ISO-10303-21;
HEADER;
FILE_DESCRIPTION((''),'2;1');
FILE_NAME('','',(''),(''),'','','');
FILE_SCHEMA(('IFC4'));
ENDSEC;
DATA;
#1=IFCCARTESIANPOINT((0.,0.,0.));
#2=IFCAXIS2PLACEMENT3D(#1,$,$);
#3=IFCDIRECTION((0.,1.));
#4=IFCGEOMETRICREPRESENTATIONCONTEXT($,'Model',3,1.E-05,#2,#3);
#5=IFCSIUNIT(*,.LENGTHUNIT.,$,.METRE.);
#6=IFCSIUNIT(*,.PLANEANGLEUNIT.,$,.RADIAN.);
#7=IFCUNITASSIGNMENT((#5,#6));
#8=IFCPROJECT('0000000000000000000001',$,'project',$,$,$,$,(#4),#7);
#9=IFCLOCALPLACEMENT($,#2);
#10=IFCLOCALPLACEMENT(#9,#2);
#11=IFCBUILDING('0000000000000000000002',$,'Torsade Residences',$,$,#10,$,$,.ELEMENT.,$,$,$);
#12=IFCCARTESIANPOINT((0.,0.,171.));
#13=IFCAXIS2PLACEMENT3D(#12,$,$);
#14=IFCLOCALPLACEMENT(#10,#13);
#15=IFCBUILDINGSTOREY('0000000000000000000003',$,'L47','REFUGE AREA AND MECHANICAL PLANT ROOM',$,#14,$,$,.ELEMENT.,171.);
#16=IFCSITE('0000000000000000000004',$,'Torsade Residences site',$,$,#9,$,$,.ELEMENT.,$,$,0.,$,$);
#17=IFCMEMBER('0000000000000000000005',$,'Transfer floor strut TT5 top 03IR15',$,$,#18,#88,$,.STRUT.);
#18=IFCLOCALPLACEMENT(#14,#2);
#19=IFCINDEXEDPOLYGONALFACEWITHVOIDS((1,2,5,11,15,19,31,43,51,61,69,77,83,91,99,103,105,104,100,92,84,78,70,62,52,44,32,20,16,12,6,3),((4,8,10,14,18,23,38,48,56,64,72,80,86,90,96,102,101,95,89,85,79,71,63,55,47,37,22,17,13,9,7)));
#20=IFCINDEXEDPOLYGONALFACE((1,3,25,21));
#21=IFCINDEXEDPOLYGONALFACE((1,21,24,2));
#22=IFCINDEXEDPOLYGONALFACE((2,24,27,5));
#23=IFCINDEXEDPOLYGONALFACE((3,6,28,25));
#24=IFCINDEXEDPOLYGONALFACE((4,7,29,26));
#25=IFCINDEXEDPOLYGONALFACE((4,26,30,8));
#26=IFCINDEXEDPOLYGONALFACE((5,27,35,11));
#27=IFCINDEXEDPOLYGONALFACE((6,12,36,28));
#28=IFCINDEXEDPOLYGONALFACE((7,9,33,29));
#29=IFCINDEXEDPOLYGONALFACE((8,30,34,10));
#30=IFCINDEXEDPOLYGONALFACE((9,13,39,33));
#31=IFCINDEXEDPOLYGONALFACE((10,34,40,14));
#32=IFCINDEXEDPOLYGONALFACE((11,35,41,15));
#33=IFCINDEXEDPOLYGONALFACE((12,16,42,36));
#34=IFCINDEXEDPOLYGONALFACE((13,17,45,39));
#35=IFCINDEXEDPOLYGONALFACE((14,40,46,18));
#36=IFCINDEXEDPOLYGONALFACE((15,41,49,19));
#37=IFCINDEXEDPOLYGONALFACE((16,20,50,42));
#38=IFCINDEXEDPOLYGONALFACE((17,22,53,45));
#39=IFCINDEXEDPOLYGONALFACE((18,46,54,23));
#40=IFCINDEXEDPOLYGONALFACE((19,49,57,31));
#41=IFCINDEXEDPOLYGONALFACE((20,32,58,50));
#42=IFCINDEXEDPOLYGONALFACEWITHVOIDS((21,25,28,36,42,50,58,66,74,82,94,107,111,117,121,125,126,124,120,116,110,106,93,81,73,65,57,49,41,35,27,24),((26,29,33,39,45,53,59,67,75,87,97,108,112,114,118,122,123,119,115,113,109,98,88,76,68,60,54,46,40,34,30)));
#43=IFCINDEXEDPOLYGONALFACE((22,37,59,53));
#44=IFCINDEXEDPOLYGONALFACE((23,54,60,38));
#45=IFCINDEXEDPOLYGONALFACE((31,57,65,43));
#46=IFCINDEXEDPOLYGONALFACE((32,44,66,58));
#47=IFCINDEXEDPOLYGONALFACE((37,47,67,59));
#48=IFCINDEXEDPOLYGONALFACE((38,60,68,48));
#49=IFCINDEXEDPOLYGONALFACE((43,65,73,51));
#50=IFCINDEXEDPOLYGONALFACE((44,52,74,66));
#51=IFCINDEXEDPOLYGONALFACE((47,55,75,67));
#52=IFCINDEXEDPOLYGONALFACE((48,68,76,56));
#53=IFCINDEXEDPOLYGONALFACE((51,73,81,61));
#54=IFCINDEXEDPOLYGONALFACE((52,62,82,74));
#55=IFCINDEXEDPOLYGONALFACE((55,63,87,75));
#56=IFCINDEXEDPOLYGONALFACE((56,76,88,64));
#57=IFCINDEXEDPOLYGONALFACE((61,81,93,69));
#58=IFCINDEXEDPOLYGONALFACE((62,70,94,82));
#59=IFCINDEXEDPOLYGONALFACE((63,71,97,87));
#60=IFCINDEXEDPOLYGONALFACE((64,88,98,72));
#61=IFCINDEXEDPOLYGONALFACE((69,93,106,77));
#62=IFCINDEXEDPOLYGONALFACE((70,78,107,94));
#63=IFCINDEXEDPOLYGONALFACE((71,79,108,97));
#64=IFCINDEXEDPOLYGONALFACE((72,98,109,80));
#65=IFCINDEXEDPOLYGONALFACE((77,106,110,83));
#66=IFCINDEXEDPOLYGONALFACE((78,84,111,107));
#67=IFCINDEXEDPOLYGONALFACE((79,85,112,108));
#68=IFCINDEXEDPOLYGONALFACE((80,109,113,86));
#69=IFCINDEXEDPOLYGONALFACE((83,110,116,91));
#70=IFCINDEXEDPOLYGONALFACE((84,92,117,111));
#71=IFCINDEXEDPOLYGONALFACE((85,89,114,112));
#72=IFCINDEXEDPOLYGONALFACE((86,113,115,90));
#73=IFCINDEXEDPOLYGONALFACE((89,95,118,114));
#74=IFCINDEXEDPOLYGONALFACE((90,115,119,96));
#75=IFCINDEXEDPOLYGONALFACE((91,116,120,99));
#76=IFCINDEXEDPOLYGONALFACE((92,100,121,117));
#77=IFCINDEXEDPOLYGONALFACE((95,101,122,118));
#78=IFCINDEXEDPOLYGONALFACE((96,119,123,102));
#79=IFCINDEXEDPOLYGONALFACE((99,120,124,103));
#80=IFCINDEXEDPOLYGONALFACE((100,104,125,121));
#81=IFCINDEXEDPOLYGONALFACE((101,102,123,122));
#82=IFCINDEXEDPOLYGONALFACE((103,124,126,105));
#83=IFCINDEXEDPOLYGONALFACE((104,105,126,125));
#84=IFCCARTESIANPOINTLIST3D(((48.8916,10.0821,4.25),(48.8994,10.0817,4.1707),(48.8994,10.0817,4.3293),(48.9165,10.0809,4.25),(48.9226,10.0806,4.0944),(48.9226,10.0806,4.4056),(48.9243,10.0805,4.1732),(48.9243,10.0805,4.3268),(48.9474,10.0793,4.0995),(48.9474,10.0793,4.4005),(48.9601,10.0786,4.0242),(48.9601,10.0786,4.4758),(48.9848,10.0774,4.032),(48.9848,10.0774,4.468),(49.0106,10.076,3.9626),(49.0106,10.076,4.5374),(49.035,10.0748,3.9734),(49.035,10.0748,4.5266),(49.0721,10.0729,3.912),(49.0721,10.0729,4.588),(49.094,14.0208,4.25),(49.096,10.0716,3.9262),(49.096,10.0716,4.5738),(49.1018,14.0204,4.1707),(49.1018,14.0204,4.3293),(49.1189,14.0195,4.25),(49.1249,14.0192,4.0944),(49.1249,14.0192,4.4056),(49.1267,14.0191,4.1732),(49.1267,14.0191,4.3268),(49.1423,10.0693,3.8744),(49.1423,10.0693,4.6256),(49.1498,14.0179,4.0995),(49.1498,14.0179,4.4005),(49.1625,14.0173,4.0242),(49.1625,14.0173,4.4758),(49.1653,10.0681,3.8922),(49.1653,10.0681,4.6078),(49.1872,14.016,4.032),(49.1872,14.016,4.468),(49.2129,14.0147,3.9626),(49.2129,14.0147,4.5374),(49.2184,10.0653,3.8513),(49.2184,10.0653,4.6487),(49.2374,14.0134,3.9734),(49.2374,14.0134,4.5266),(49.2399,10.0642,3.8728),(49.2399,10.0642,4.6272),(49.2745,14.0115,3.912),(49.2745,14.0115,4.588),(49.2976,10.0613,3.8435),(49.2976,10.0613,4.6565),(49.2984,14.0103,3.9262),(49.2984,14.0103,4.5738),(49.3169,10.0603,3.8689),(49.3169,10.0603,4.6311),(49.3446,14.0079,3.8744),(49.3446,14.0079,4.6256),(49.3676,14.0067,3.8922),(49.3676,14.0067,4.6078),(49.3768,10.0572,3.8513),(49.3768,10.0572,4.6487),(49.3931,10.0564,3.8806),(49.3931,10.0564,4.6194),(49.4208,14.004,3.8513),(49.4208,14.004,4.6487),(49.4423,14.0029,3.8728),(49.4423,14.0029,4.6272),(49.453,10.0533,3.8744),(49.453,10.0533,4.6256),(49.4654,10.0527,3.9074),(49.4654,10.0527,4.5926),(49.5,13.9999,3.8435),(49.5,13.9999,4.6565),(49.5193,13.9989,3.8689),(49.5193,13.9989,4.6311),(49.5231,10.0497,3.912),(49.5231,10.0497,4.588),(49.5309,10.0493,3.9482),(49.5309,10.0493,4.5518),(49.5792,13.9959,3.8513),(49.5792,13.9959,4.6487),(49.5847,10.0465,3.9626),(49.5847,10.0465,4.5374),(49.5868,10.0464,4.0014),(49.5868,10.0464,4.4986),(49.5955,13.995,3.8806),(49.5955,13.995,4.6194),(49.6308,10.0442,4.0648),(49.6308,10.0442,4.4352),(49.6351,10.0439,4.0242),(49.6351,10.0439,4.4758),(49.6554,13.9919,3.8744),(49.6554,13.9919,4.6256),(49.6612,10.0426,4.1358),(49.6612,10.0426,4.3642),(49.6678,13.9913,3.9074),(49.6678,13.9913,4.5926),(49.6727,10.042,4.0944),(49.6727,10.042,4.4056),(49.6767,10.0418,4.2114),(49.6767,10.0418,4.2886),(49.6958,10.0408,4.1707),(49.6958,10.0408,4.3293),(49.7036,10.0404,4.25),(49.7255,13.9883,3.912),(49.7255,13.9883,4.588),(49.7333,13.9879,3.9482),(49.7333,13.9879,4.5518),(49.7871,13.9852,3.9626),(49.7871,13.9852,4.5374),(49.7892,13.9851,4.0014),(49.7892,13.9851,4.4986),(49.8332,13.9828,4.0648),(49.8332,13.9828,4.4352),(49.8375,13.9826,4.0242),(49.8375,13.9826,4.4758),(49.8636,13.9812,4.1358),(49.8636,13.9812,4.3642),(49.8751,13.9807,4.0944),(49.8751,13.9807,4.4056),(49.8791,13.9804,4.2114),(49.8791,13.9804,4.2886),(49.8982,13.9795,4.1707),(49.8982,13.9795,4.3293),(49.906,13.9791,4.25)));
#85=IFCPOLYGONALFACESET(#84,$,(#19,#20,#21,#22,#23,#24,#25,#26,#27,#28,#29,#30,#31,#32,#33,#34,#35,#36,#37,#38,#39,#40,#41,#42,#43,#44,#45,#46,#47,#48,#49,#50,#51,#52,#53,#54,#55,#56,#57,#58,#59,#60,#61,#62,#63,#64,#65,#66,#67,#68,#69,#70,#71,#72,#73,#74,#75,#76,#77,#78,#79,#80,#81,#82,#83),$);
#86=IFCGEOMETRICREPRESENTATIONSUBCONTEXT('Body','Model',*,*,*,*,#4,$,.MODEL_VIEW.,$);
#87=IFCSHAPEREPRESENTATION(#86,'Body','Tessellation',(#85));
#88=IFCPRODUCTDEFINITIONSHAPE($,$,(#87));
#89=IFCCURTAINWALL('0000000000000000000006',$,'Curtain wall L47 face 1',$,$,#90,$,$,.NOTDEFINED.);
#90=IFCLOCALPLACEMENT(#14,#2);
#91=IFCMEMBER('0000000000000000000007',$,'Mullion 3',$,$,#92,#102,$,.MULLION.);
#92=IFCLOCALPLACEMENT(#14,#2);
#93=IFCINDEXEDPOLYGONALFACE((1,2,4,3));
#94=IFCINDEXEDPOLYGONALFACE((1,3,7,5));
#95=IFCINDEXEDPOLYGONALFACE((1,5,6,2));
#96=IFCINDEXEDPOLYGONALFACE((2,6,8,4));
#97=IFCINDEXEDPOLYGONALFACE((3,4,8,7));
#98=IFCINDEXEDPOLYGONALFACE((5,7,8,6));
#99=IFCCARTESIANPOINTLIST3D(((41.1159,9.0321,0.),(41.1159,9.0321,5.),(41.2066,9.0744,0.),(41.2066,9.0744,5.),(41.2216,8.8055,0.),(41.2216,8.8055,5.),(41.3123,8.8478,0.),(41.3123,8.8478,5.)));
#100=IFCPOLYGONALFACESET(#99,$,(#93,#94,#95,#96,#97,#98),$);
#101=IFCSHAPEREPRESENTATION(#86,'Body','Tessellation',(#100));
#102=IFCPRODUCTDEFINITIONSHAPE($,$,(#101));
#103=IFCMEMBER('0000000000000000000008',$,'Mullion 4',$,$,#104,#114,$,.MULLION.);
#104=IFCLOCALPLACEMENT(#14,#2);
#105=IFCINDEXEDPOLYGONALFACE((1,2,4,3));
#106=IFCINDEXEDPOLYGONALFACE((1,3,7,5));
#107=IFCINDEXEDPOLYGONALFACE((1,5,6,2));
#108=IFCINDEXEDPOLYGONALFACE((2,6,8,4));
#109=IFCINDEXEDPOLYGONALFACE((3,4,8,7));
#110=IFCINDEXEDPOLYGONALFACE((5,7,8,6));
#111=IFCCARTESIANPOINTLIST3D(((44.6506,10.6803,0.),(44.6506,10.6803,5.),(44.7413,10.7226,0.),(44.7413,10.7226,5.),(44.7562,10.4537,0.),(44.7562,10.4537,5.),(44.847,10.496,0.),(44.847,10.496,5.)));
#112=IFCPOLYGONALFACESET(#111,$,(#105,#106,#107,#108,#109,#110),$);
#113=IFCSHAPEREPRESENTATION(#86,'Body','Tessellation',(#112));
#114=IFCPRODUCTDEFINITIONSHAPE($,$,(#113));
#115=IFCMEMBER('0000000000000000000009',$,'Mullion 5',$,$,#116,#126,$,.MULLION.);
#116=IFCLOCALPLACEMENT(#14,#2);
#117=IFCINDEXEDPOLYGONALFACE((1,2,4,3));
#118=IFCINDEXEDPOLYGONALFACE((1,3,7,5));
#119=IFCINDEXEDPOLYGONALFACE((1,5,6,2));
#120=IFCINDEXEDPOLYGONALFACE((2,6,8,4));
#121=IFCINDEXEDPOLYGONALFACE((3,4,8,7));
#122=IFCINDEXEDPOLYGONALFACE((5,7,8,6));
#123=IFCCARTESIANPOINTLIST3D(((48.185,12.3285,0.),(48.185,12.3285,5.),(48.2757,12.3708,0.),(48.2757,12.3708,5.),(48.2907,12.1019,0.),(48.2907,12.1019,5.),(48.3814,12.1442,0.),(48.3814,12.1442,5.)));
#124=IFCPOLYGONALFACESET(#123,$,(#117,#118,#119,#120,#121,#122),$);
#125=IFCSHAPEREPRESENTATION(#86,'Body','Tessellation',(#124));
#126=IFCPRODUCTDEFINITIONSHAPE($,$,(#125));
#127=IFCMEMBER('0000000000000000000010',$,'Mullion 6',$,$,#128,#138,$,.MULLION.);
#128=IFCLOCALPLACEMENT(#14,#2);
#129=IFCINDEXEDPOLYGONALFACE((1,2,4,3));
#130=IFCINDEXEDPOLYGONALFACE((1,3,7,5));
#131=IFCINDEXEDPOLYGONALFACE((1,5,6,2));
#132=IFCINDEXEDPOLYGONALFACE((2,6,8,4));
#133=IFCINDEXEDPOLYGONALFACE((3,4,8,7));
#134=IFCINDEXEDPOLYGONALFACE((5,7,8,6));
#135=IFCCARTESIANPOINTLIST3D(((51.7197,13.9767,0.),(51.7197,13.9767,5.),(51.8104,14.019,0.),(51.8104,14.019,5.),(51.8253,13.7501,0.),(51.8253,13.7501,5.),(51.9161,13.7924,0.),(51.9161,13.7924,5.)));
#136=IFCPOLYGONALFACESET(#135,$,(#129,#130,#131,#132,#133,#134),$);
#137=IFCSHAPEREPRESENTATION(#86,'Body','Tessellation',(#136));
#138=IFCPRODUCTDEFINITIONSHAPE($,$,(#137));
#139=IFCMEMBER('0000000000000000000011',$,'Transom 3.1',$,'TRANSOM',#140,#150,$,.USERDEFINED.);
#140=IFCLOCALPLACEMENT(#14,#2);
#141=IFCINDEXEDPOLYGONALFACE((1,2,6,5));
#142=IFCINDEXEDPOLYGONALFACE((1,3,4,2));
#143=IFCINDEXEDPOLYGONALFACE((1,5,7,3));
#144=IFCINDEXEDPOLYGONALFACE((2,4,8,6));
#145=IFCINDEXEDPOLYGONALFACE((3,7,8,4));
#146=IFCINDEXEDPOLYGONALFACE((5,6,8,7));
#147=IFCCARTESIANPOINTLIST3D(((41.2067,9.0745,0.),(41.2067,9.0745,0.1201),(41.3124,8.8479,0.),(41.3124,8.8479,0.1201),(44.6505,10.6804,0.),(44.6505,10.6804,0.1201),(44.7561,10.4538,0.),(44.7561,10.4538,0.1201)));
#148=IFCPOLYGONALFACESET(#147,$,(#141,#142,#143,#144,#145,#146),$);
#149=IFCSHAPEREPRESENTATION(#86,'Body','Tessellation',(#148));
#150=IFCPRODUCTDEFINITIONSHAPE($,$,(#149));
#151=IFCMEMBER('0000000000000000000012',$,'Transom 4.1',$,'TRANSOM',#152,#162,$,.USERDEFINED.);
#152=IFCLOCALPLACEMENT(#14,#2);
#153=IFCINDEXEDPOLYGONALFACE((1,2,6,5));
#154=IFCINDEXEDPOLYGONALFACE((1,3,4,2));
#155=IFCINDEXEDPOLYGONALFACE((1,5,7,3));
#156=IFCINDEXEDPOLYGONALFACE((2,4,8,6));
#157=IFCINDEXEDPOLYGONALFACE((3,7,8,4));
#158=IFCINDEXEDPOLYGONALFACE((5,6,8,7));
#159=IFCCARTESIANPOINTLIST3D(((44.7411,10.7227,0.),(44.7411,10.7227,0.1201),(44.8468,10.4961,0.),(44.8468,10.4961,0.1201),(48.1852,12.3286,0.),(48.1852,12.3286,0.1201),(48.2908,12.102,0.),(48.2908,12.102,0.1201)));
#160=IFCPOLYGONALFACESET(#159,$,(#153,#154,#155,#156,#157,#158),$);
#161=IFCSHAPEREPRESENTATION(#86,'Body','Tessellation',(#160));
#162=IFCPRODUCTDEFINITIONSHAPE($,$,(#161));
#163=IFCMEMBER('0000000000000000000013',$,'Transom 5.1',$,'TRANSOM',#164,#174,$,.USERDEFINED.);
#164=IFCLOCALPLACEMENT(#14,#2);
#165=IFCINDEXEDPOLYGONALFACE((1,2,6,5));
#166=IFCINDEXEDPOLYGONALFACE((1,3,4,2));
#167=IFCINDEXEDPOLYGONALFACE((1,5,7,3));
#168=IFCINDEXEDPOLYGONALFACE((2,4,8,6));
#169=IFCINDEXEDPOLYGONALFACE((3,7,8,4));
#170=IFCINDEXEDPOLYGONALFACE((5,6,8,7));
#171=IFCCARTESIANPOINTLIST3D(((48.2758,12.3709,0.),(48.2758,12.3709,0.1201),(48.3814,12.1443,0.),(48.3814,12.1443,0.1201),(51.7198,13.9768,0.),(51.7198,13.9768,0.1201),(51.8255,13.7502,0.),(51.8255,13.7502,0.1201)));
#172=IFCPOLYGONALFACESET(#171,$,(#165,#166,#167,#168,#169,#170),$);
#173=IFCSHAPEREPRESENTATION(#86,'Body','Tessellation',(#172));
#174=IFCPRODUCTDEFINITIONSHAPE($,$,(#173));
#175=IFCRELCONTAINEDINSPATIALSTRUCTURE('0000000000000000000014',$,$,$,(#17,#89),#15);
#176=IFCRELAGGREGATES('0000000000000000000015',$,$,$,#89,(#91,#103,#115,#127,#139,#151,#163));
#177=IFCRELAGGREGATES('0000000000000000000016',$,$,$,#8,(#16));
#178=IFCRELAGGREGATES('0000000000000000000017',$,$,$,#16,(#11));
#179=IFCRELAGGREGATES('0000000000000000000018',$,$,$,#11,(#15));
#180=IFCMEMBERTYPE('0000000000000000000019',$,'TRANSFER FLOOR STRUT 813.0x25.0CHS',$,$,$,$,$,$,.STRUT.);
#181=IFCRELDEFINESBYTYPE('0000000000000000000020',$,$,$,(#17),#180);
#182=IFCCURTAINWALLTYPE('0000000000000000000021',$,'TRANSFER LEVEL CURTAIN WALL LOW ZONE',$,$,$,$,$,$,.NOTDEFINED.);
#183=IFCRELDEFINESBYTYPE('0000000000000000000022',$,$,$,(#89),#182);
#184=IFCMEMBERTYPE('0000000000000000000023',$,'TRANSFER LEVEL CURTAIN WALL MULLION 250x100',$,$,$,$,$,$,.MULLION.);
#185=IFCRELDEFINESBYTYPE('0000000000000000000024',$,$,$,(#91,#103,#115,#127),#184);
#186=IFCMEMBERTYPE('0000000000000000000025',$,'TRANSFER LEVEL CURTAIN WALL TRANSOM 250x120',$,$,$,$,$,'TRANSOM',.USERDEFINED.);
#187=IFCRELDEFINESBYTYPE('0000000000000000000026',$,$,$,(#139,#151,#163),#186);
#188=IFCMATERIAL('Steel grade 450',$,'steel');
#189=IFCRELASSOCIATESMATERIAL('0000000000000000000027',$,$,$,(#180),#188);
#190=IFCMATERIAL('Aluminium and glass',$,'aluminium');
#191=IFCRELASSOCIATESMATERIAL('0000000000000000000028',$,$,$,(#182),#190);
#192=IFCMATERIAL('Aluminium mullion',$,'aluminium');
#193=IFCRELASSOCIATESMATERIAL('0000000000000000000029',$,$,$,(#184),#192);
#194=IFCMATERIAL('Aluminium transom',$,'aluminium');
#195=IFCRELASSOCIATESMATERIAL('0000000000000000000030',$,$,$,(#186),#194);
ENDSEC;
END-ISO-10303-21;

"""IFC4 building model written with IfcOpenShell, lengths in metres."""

from ifc_helpers import new_model, si_unit, direction, frame, origin, origin_2d, place, context, subcontext, project, spatial, rectangle, hollow_circle, extrude, material, material_profile, profile_set, type_object, element, aggregate, save


model = new_model("IFC4")

# Units and contexts
model_context = context("Model", 3, precision=1e-05, world=origin(), true_north=direction((0.0, 1.0)))
body_context = subcontext(model_context, "Body", "Model", "MODEL_VIEW")
ifc_project = project(units=[si_unit("LENGTHUNIT", "METRE"), si_unit("PLANEANGLEUNIT", "RADIAN")], contexts=[model_context])

# Site, building, storey
site_placement = place(None, origin())
site = spatial("IfcSite", under=ifc_project, at=site_placement, Name="Torsade Residences site", CompositionType="ELEMENT", RefElevation=0.0)
building_placement = place(site_placement, origin())
building = spatial("IfcBuilding", under=site, at=building_placement, Name="Torsade Residences", CompositionType="ELEMENT")
storey_placement = place(building_placement, frame((0.0, 0.0, 171.0)))
storey = spatial("IfcBuildingStorey", under=building, at=storey_placement, Name="L47", Description="REFUGE AREA AND MECHANICAL PLANT ROOM", CompositionType="ELEMENT", Elevation=171.0)

# Member
ifc_material_1 = material(Name="Steel grade 450", Category="steel")
ifc_material_profile_1 = material_profile(ifc_material_1, hollow_circle(Radius=0.4065, WallThickness=0.0249, at=origin_2d()), Name="813.0x25.0CHS")
ifc_profile_set_1 = profile_set([ifc_material_profile_1], Name="Steel grade 450")
member_type_1 = type_object("IfcMemberType", Name="TRANSFER FLOOR STRUT 813.0x25.0CHS", PredefinedType="STRUT", material=ifc_profile_set_1)
member_1_placement = place(storey_placement, frame((49.2976, 10.0613, 4.25), z_axis=(0.051318, 0.998682, 0.0), x_axis=(-0.998682, 0.051318, 0.0)))
element("IfcMember", 1, at=member_1_placement, inside=storey, type_object=member_type_1, Name="Transfer floor strut TT5 top 03IR15", PredefinedType="STRUT", context=body_context, shape_type="SweptSolid", body=[
    extrude(hollow_circle(Radius=0.4065, WallThickness=0.0249, at=origin_2d()), origin(), (0.0, 0.0, 1.0), 3.9438),
])

# Curtain wall, members
ifc_material_2 = material(Name="Aluminium and glass", Category="aluminium")
curtain_wall_type = type_object("IfcCurtainWallType", Name="TRANSFER LEVEL CURTAIN WALL LOW ZONE", PredefinedType="NOTDEFINED", material=ifc_material_2)
curtain_wall_placement = place(storey_placement, origin())
curtain_wall = element("IfcCurtainWall", 2, at=curtain_wall_placement, inside=storey, type_object=curtain_wall_type, Name="Curtain wall L47 face 1", PredefinedType="NOTDEFINED")
ifc_material_3 = material(Name="Aluminium mullion", Category="aluminium")
ifc_material_profile_2 = material_profile(ifc_material_3, rectangle(XDim=0.25, YDim=0.1001, at=origin_2d()), Name="TRANSFER LEVEL CURTAIN WALL MULLION 250x100")
ifc_profile_set_2 = profile_set([ifc_material_profile_2], Name="Aluminium mullion")
member_type_2 = type_object("IfcMemberType", Name="TRANSFER LEVEL CURTAIN WALL MULLION 250x100", PredefinedType="MULLION", material=ifc_profile_set_2)
member_2_placement = place(storey_placement, frame((41.2141, 8.9399, 0.0), z_axis=(0.0, 0.0, 1.0), x_axis=(-0.422618, 0.906308, 0.0)))
member_2 = element("IfcMember", 3, at=member_2_placement, type_object=member_type_2, Name="Mullion 3", PredefinedType="MULLION", context=body_context, shape_type="SweptSolid", body=[
    extrude(rectangle(XDim=0.25, YDim=0.1001, at=origin_2d()), origin(), (0.0, 0.0, 1.0), 5.0),
])
member_3_placement = place(storey_placement, frame((44.7488, 10.5881, 0.0), z_axis=(0.0, 0.0, 1.0), x_axis=(-0.422618, 0.906308, 0.0)))
member_3 = element("IfcMember", 4, at=member_3_placement, type_object=member_type_2, Name="Mullion 4", PredefinedType="MULLION", context=body_context, shape_type="SweptSolid", body=[
    extrude(rectangle(XDim=0.25, YDim=0.1001, at=origin_2d()), origin(), (0.0, 0.0, 1.0), 5.0),
])
member_4_placement = place(storey_placement, frame((48.2832, 12.2363, 0.0), z_axis=(0.0, 0.0, 1.0), x_axis=(-0.422618, 0.906308, 0.0)))
member_4 = element("IfcMember", 5, at=member_4_placement, type_object=member_type_2, Name="Mullion 5", PredefinedType="MULLION", context=body_context, shape_type="SweptSolid", body=[
    extrude(rectangle(XDim=0.25, YDim=0.1001, at=origin_2d()), origin(), (0.0, 0.0, 1.0), 5.0),
])
member_5_placement = place(storey_placement, frame((51.8179, 13.8845, 0.0), z_axis=(0.0, 0.0, 1.0), x_axis=(-0.422618, 0.906308, 0.0)))
member_5 = element("IfcMember", 6, at=member_5_placement, type_object=member_type_2, Name="Mullion 6", PredefinedType="MULLION", context=body_context, shape_type="SweptSolid", body=[
    extrude(rectangle(XDim=0.25, YDim=0.1001, at=origin_2d()), origin(), (0.0, 0.0, 1.0), 5.0),
])
ifc_material_4 = material(Name="Aluminium transom", Category="aluminium")
ifc_material_profile_3 = material_profile(ifc_material_4, rectangle(XDim=0.25, YDim=0.1201, at=origin_2d()), Name="TRANSFER LEVEL CURTAIN WALL TRANSOM 250x120")
ifc_profile_set_3 = profile_set([ifc_material_profile_3], Name="Aluminium transom")
member_type_3 = type_object("IfcMemberType", Name="TRANSFER LEVEL CURTAIN WALL TRANSOM 250x120", ElementType="TRANSOM", PredefinedType="USERDEFINED", material=ifc_profile_set_3)
member_6_placement = place(storey_placement, frame((41.2595, 8.9612, 0.0601), z_axis=(0.906301, 0.422632, 0.0), x_axis=(-0.422632, 0.906301, 0.0)))
member_6 = element("IfcMember", 7, at=member_6_placement, type_object=member_type_3, Name="Transom 3.1", ObjectType="TRANSOM", PredefinedType="USERDEFINED", context=body_context, shape_type="SweptSolid", body=[
    extrude(rectangle(XDim=0.25, YDim=0.1201, at=origin_2d()), origin(), (0.0, 0.0, 1.0), 3.7998),
])
member_7_placement = place(storey_placement, frame((44.7939, 10.6094, 0.0601), z_axis=(0.906313, 0.422608, 0.0), x_axis=(-0.422608, 0.906313, 0.0)))
member_7 = element("IfcMember", 8, at=member_7_placement, type_object=member_type_3, Name="Transom 4.1", ObjectType="TRANSOM", PredefinedType="USERDEFINED", context=body_context, shape_type="SweptSolid", body=[
    extrude(rectangle(XDim=0.25, YDim=0.1201, at=origin_2d()), origin(), (0.0, 0.0, 1.0), 3.8),
])
member_8_placement = place(storey_placement, frame((48.3286, 12.2576, 0.0601), z_axis=(0.906313, 0.422608, 0.0), x_axis=(-0.422608, 0.906313, 0.0)))
member_8 = element("IfcMember", 9, at=member_8_placement, type_object=member_type_3, Name="Transom 5.1", ObjectType="TRANSOM", PredefinedType="USERDEFINED", context=body_context, shape_type="SweptSolid", body=[
    extrude(rectangle(XDim=0.25, YDim=0.1201, at=origin_2d()), origin(), (0.0, 0.0, 1.0), 3.8),
])

aggregate(curtain_wall, [member_2, member_3, member_4, member_5, member_6, member_7, member_8])

save(model, "model.ifc")
